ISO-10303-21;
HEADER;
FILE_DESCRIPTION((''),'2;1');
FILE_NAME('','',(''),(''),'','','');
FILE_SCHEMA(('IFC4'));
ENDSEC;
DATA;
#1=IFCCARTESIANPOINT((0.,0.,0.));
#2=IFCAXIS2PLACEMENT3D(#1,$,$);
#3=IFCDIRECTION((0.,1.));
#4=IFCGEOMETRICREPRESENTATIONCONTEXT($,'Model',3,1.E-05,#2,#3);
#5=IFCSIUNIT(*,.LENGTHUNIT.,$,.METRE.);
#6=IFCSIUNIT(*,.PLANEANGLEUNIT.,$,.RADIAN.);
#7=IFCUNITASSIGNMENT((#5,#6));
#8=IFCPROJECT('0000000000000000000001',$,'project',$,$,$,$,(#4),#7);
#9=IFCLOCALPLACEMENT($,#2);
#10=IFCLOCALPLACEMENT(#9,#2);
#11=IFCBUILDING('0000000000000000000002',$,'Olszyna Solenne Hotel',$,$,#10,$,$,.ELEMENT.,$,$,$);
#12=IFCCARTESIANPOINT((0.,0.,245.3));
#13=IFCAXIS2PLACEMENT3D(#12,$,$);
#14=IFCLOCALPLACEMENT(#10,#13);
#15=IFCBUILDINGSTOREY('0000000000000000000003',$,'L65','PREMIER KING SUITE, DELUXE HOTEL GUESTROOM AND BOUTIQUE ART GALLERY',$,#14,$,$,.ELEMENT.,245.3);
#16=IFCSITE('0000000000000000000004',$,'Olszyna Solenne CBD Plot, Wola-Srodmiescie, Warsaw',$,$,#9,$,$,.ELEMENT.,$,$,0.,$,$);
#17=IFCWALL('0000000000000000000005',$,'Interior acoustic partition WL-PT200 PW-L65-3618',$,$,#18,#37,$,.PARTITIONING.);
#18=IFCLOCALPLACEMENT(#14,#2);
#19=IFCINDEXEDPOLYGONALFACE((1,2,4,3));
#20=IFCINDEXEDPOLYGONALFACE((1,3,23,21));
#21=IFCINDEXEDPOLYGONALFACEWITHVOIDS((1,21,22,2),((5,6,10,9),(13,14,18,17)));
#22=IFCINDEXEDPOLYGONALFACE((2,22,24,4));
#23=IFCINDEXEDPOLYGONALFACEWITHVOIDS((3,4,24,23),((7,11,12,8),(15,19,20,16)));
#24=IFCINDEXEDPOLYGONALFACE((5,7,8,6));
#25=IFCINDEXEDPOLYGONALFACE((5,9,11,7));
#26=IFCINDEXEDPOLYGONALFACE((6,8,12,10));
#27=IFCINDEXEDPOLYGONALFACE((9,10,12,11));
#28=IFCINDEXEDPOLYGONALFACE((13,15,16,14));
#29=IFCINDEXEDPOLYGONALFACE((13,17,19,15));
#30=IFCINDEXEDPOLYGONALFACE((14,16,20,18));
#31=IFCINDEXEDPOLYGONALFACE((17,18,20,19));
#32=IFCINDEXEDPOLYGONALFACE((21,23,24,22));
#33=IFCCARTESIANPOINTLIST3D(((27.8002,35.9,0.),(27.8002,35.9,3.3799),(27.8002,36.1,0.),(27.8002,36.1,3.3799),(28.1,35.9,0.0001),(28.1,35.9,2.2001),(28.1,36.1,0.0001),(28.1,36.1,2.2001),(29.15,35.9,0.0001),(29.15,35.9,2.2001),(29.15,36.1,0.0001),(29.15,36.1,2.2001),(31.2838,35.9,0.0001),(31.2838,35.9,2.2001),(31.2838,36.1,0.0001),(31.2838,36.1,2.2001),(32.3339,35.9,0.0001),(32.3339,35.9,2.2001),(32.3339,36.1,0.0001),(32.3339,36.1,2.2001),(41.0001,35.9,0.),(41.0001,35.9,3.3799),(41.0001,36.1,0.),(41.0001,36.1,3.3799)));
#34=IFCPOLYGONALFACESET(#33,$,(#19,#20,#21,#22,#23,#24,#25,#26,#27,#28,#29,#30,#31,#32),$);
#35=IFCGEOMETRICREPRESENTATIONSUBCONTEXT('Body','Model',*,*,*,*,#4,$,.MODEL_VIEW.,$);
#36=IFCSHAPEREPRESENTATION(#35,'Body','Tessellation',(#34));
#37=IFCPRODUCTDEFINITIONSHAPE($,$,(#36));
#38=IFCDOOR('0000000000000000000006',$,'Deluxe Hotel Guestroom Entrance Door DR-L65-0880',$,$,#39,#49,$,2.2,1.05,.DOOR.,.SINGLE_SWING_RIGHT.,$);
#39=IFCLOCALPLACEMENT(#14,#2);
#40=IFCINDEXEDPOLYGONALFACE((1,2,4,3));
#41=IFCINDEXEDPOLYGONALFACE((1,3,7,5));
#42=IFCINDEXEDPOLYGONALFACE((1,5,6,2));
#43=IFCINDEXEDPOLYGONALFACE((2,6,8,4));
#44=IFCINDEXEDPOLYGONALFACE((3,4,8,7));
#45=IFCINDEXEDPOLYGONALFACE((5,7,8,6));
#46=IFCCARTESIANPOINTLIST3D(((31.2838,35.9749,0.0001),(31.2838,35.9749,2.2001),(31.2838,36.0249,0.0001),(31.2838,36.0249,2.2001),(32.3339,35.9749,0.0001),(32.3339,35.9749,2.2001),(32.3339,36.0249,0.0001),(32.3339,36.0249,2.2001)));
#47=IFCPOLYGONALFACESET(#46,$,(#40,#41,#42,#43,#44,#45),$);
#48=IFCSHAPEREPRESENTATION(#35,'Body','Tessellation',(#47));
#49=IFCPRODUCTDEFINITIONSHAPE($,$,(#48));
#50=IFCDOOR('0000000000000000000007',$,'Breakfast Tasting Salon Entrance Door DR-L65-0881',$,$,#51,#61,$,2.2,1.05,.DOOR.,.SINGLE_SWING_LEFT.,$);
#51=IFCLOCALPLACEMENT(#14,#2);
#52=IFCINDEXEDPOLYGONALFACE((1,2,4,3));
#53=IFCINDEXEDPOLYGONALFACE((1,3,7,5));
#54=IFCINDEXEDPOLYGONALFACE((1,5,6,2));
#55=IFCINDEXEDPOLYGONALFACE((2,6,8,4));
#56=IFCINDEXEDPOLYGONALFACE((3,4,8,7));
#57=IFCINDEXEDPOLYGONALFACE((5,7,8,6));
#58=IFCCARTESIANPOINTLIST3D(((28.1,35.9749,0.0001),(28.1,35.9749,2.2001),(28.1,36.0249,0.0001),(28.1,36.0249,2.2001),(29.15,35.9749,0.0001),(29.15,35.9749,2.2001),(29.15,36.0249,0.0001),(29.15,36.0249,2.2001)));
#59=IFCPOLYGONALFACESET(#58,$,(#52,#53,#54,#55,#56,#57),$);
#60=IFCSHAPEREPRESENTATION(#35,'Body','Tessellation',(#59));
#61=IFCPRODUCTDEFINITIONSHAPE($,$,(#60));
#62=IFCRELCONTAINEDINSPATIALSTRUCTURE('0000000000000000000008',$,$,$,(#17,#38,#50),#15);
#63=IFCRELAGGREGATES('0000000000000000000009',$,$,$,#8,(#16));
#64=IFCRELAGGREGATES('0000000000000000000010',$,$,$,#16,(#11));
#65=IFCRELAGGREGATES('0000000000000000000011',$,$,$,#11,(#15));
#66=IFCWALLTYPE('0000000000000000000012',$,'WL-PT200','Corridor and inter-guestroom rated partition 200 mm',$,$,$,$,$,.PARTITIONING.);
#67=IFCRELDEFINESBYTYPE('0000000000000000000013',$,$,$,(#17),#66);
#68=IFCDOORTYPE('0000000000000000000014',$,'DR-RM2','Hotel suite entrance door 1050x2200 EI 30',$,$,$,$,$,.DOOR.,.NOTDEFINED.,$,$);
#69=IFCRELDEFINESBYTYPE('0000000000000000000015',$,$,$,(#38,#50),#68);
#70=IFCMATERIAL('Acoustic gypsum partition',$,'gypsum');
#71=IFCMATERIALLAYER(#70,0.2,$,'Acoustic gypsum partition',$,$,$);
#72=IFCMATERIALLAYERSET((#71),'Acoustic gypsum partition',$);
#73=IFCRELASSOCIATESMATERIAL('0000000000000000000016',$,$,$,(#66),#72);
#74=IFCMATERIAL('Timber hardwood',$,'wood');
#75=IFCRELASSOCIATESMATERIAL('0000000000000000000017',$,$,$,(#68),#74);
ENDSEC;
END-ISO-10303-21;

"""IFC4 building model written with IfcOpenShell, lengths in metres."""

from ifc_helpers import new_model, si_unit, direction, frame, frame_2d, origin, place, context, subcontext, project, spatial, rectangle, extrude, source, transform, mapped, material, layer, layer_set, type_object, type_shapes, element, fill, save


model = new_model("IFC4")

# Units and contexts
model_context = context("Model", 3, precision=1e-05, world=origin(), true_north=direction((0.0, 1.0)))
body_context = subcontext(model_context, "Body", "Model", "MODEL_VIEW")
ifc_project = project(units=[si_unit("LENGTHUNIT", "METRE"), si_unit("PLANEANGLEUNIT", "RADIAN")], contexts=[model_context])

# Site, building, storey
site_placement = place(None, origin())
site = spatial("IfcSite", under=ifc_project, at=site_placement, Name="Olszyna Solenne CBD Plot, Wola-Srodmiescie, Warsaw", CompositionType="ELEMENT", RefElevation=0.0)
building_placement = place(site_placement, origin())
building = spatial("IfcBuilding", under=site, at=building_placement, Name="Olszyna Solenne Hotel", CompositionType="ELEMENT")
storey_placement = place(building_placement, frame((0.0, 0.0, 245.3)))
storey = spatial("IfcBuildingStorey", under=building, at=storey_placement, Name="L65", Description="PREMIER KING SUITE, DELUXE HOTEL GUESTROOM AND BOUTIQUE ART GALLERY", CompositionType="ELEMENT", Elevation=245.3)

# Shared definitions
ifc_material_1 = material(Name="Acoustic gypsum partition", Category="gypsum")

# Shared definitions
ifc_layer_1 = layer(ifc_material_1, 0.2, Name="Acoustic gypsum partition")
ifc_layer_set_1 = layer_set([ifc_layer_1], Name="Acoustic gypsum partition")
wall_type_1 = type_object("IfcWallType", Name="WL-PT200", Description="Corridor and inter-guestroom rated partition 200 mm", PredefinedType="PARTITIONING", material=ifc_layer_set_1)

# Wall, openings, doors
wall_1_placement = place(storey_placement, frame((27.8, 36.0, 0.0), z_axis=(0.0, 0.0, 1.0), x_axis=(1.0, 0.0, 0.0)))
wall_1 = element("IfcWall", 1, at=wall_1_placement, inside=storey, type_object=wall_type_1, Name="Interior acoustic partition WL-PT200 PW-L65-3618", PredefinedType="PARTITIONING", context=body_context, shape_type="SweptSolid", body=[
    extrude(rectangle(XDim=13.2, YDim=0.2, at=frame_2d((6.6001, 0.0))), origin(), (0.0, 0.0, 1.0), 3.3799),
])
opening_1_placement = place(wall_1_placement, frame((3.4839, 0.0, 0.0)))
opening_1 = element("IfcOpeningElement", 2, at=opening_1_placement, cuts=wall_1, PredefinedType="OPENING", context=body_context, shape_type="SweptSolid", body=[
    extrude(rectangle(XDim=1.05, YDim=2.2, at=frame_2d((0.5249, 1.1001))), frame((0.0, 0.1099, 0.0), z_axis=(0.0, -1.0, 0.0), x_axis=(1.0, 0.0, 0.0)), (0.0, 0.0, 1.0), 0.22),
])
opening_2_placement = place(wall_1_placement, frame((0.3, 0.0, 0.0)))
opening_2 = element("IfcOpeningElement", 3, at=opening_2_placement, cuts=wall_1, PredefinedType="OPENING", context=body_context, shape_type="SweptSolid", body=[
    extrude(rectangle(XDim=1.05, YDim=2.2, at=frame_2d((0.5249, 1.1001))), frame((0.0, 0.1099, 0.0), z_axis=(0.0, -1.0, 0.0), x_axis=(1.0, 0.0, 0.0)), (0.0, 0.0, 1.0), 0.22),
])
ifc_material_2 = material(Name="Timber hardwood", Category="wood")
door_type_1 = type_object("IfcDoorType", Name="DR-RM2", Description="Hotel suite entrance door 1050x2200 EI 30", OperationType="NOTDEFINED", PredefinedType="DOOR", material=ifc_material_2)
shared_shape_1 = source(origin(), body_context, "Body", "SweptSolid", [
    extrude(rectangle(XDim=1.05, YDim=2.2, at=frame_2d((0.5249, 1.1001))), frame((0.0, 0.0249, 0.0), z_axis=(0.0, -1.0, 0.0), x_axis=(1.0, 0.0, 0.0)), (0.0, 0.0, 1.0), 0.05),
])
type_shapes(door_type_1, [shared_shape_1])
door_1_placement = place(opening_1_placement, origin())
door_1 = element("IfcDoor", 4, at=door_1_placement, inside=storey, type_object=door_type_1, Name="Deluxe Hotel Guestroom Entrance Door DR-L65-0880", OperationType="SINGLE_SWING_RIGHT", OverallHeight=2.2, OverallWidth=1.05, PredefinedType="DOOR", context=body_context, shape_type="MappedRepresentation", body=[
    mapped(shared_shape_1, transform((0.0, 0.0, 0.0), x_axis=(1.0, 0.0, 0.0), y_axis=(0.0, 1.0, 0.0), z_axis=(0.0, 0.0, 1.0), scale=1.0)),
])
fill(opening_1, door_1)
door_2_placement = place(opening_2_placement, origin())
door_2 = element("IfcDoor", 5, at=door_2_placement, inside=storey, type_object=door_type_1, Name="Breakfast Tasting Salon Entrance Door DR-L65-0881", OperationType="SINGLE_SWING_LEFT", OverallHeight=2.2, OverallWidth=1.05, PredefinedType="DOOR", context=body_context, shape_type="MappedRepresentation", body=[
    mapped(shared_shape_1, transform((0.0, 0.0, 0.0), x_axis=(1.0, 0.0, 0.0), y_axis=(0.0, 1.0, 0.0), z_axis=(0.0, 0.0, 1.0), scale=1.0)),
])
fill(opening_2, door_2)

save(model, "model.ifc")
